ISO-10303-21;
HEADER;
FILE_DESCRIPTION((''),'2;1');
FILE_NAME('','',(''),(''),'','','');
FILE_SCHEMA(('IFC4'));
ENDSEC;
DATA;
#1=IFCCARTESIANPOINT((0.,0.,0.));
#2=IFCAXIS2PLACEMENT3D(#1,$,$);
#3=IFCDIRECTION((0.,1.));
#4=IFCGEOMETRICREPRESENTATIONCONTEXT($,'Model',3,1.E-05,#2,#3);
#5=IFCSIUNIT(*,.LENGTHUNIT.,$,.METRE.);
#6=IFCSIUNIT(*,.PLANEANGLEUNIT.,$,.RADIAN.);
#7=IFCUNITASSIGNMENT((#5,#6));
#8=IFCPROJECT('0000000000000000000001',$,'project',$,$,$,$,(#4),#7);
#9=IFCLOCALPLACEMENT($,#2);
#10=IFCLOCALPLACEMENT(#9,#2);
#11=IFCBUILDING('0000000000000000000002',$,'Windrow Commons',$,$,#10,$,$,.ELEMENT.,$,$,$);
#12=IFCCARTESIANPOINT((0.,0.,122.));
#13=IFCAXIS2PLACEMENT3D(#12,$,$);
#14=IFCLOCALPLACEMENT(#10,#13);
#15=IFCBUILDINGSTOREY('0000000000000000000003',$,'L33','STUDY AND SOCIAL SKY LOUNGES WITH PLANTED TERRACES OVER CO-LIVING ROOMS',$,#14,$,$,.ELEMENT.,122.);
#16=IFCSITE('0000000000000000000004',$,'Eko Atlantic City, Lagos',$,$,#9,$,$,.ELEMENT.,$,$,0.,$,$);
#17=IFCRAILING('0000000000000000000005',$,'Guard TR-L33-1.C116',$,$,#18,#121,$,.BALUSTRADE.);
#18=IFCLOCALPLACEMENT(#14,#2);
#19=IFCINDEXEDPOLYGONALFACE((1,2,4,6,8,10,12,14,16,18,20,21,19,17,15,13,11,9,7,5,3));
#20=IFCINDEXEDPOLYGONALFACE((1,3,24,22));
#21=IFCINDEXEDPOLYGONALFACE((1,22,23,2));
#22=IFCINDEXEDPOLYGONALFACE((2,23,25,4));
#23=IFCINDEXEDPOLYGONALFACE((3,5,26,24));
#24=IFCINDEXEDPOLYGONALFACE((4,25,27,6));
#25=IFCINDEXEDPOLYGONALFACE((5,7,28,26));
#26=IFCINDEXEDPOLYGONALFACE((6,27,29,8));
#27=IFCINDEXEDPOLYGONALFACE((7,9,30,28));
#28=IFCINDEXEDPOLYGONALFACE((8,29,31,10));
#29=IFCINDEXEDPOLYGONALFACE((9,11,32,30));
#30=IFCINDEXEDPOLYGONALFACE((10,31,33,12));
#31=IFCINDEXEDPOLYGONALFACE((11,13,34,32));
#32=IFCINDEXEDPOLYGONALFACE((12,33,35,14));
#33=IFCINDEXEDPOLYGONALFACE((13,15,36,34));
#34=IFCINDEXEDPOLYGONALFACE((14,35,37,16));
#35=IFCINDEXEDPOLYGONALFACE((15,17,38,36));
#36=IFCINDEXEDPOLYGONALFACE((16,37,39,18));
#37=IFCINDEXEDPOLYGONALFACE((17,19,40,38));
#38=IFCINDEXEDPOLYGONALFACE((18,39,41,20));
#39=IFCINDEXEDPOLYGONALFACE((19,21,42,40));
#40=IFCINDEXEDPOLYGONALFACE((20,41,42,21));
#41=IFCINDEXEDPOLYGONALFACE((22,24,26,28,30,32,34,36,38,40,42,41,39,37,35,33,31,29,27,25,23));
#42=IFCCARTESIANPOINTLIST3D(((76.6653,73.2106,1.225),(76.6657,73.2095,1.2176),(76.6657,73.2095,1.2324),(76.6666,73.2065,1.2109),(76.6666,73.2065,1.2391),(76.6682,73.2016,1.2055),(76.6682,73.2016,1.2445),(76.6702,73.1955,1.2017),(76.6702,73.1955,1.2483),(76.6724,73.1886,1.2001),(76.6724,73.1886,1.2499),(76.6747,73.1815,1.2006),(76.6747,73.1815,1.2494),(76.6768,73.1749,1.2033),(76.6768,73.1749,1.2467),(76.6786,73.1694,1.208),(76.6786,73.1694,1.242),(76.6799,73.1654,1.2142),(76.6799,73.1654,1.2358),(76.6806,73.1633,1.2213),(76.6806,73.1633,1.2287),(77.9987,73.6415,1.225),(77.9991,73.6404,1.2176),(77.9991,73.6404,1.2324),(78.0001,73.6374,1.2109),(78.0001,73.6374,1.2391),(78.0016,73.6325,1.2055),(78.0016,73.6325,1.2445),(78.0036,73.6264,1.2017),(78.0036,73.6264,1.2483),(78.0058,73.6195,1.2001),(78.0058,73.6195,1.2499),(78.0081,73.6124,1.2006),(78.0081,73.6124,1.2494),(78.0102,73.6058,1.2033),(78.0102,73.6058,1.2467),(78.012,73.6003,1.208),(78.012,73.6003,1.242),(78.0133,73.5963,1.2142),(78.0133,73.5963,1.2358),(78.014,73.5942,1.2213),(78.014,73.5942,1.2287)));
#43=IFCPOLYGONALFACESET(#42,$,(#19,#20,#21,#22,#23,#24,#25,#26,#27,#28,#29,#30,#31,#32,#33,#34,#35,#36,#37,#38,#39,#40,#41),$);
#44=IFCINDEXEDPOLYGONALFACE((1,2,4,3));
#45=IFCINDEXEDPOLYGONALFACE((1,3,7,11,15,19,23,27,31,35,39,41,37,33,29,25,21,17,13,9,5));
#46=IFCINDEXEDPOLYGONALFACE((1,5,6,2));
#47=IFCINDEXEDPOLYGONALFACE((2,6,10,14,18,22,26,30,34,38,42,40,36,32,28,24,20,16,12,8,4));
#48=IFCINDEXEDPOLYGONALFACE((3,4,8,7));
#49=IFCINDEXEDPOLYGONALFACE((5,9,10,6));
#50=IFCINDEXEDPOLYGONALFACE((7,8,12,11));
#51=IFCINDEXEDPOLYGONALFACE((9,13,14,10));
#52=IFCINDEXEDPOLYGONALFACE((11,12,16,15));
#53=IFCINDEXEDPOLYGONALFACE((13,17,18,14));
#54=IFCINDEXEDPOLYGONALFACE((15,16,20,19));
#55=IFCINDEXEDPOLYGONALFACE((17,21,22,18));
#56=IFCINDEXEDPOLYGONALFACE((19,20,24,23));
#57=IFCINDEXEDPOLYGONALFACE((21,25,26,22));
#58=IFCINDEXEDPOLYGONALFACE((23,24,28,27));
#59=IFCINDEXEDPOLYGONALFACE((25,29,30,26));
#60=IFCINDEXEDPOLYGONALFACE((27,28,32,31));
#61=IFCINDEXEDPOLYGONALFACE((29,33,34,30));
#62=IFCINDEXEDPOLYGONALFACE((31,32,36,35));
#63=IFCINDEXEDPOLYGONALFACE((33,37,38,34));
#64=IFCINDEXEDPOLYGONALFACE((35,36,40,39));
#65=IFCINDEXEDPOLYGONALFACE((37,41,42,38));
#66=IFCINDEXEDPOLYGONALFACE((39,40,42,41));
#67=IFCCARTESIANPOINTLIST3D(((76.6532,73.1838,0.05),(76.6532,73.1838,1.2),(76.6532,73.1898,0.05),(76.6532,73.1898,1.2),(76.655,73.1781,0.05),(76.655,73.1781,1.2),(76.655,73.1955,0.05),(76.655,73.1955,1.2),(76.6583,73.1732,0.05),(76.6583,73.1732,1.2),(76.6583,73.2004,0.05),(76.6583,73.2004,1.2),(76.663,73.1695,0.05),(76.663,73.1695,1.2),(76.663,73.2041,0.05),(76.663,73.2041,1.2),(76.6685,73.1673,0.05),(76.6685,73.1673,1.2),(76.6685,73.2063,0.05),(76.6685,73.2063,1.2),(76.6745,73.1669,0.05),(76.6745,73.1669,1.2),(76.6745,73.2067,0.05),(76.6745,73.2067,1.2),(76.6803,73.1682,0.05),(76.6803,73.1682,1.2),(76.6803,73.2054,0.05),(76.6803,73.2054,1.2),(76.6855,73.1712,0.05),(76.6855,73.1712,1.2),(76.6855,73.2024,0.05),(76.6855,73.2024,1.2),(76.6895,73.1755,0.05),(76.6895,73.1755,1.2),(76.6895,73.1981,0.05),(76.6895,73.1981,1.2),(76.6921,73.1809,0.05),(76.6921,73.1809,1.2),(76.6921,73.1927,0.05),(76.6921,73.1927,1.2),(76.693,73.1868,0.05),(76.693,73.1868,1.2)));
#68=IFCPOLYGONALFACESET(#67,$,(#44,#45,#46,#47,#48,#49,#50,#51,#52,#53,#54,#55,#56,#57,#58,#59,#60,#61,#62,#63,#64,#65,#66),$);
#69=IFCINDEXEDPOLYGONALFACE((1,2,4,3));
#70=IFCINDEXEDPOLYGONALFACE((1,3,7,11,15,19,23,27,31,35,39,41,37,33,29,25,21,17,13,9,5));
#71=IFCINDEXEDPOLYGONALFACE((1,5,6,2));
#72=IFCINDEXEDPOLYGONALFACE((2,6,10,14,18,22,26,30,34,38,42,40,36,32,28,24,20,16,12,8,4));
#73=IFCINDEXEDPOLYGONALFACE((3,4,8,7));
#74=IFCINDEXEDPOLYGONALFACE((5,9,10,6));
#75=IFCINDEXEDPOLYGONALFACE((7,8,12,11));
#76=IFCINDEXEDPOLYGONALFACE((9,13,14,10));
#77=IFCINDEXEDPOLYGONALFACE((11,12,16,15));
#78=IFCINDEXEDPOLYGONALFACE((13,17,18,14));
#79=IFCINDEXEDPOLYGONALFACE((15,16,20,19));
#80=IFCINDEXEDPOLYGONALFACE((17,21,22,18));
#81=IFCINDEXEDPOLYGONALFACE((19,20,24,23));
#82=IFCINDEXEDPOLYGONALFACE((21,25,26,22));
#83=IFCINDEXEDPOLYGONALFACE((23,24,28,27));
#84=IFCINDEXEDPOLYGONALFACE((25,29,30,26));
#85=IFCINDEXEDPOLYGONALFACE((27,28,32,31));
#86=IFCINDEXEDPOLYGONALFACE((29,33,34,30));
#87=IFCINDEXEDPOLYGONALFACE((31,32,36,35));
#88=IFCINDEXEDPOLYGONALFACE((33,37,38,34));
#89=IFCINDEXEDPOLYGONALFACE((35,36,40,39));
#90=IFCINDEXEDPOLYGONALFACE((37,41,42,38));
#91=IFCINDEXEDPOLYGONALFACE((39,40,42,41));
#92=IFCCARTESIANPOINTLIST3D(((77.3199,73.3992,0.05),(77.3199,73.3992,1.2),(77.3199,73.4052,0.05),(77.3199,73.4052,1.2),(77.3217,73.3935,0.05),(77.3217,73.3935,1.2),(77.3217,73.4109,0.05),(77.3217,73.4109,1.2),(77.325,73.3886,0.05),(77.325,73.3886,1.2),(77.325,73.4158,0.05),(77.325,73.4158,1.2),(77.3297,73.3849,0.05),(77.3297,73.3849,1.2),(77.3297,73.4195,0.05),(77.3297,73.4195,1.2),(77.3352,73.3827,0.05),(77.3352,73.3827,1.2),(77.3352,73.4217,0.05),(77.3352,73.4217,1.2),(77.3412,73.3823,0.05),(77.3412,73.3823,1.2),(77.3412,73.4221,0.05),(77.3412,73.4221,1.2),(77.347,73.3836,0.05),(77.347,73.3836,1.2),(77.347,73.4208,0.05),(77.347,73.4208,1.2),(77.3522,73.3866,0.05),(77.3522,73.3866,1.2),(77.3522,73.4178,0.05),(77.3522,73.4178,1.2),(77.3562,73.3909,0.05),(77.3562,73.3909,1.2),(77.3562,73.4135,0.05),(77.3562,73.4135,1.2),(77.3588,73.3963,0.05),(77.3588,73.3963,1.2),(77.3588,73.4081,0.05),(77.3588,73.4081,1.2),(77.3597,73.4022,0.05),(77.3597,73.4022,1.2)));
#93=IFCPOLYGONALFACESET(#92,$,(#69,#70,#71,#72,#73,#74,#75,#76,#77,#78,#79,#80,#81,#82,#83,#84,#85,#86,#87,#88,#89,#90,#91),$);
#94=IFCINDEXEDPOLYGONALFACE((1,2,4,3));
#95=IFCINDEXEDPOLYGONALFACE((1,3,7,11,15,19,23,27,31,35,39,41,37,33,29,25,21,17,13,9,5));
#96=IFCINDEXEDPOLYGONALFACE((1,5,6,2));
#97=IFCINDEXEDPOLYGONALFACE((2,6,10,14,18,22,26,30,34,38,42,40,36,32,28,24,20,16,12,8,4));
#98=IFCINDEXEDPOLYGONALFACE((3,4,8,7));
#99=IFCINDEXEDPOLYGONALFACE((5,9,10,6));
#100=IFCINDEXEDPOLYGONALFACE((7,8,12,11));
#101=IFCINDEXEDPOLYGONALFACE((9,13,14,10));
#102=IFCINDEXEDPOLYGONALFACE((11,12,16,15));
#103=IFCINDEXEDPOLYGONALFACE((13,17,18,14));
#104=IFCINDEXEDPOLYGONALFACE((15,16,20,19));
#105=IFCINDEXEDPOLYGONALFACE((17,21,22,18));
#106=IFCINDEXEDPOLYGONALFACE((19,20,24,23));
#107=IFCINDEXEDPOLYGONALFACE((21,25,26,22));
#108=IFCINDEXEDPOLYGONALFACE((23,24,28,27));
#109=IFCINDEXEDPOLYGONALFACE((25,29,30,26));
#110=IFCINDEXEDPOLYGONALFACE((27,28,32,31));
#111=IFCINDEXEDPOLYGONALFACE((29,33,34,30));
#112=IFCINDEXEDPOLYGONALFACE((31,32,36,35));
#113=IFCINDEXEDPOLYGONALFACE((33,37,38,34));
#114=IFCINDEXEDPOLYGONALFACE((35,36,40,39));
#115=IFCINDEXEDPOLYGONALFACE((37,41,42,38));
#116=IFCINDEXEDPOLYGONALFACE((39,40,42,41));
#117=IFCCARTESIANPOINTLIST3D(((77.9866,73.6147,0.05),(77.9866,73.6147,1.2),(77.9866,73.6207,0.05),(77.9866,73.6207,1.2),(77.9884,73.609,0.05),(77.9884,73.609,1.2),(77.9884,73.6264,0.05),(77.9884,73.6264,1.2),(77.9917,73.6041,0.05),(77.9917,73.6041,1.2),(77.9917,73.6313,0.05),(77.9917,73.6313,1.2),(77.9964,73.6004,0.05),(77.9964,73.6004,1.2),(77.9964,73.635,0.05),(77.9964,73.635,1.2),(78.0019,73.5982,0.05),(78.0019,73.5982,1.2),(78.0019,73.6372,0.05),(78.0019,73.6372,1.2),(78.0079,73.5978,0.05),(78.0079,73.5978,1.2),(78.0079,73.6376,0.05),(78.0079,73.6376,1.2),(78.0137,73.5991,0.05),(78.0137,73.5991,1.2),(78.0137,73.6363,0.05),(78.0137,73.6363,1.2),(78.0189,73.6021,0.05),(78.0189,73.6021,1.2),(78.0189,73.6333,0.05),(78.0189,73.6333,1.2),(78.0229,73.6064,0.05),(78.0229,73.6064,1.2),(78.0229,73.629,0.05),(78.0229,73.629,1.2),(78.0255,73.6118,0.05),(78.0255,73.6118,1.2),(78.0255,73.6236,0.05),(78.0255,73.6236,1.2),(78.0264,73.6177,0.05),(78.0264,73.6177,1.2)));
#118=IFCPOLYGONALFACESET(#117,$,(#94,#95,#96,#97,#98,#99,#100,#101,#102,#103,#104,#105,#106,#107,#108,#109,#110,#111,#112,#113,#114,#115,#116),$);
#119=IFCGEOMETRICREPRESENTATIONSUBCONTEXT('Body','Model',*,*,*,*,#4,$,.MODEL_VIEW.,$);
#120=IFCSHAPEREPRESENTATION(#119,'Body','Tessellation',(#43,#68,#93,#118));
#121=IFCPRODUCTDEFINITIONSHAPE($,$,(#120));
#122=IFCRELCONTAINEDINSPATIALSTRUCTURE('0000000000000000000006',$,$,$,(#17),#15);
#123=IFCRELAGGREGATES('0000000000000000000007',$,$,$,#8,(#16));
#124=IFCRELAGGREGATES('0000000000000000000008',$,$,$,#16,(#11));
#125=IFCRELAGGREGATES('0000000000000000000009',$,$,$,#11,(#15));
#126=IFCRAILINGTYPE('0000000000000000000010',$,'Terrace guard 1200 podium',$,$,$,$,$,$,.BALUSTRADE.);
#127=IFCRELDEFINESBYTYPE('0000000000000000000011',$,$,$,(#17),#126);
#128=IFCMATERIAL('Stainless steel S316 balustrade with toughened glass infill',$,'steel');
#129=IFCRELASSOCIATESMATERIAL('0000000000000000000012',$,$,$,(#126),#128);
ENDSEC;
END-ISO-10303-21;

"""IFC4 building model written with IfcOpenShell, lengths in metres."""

from ifc_helpers import new_model, si_unit, direction, frame, origin, origin_2d, place, context, subcontext, project, spatial, circle, extrude, material, type_object, element, save


model = new_model("IFC4")

# Units and contexts
model_context = context("Model", 3, precision=1e-05, world=origin(), true_north=direction((0.0, 1.0)))
body_context = subcontext(model_context, "Body", "Model", "MODEL_VIEW")
ifc_project = project(units=[si_unit("LENGTHUNIT", "METRE"), si_unit("PLANEANGLEUNIT", "RADIAN")], contexts=[model_context])

# Site, building, storey
site_placement = place(None, origin())
site = spatial("IfcSite", under=ifc_project, at=site_placement, Name="Eko Atlantic City, Lagos", CompositionType="ELEMENT", RefElevation=0.0)
building_placement = place(site_placement, origin())
building = spatial("IfcBuilding", under=site, at=building_placement, Name="Windrow Commons", CompositionType="ELEMENT")
storey_placement = place(building_placement, frame((0.0, 0.0, 122.0)))
storey = spatial("IfcBuildingStorey", under=building, at=storey_placement, Name="L33", Description="STUDY AND SOCIAL SKY LOUNGES WITH PLANTED TERRACES OVER CO-LIVING ROOMS", CompositionType="ELEMENT", Elevation=122.0)

# Railing
ifc_material_1 = material(Name="Stainless steel S316 balustrade with toughened glass infill", Category="steel")
railing_type = type_object("IfcRailingType", Name="Terrace guard 1200 podium", PredefinedType="BALUSTRADE", material=ifc_material_1)
railing_1_placement = place(storey_placement, frame((76.673, 73.1868, 0.05)))
element("IfcRailing", 1, at=railing_1_placement, inside=storey, type_object=railing_type, Name="Guard TR-L33-1.C116", PredefinedType="BALUSTRADE", context=body_context, shape_type="SweptSolid", body=[
    extrude(circle(Radius=0.025, at=origin_2d()), frame((0.0, 0.0, 1.175), z_axis=(0.951548, 0.307501, 0.0), x_axis=(-0.307501, 0.951548, 0.0)), (0.0, 0.0, 1.0), 1.4013),
    extrude(circle(Radius=0.02, at=origin_2d()), origin(), (0.0, 0.0, 1.0), 1.15),
    extrude(circle(Radius=0.02, at=origin_2d()), frame((0.6667, 0.2154, 0.0)), (0.0, 0.0, 1.0), 1.15),
    extrude(circle(Radius=0.02, at=origin_2d()), frame((1.3334, 0.4309, 0.0)), (0.0, 0.0, 1.0), 1.15),
])

save(model, "model.ifc")
